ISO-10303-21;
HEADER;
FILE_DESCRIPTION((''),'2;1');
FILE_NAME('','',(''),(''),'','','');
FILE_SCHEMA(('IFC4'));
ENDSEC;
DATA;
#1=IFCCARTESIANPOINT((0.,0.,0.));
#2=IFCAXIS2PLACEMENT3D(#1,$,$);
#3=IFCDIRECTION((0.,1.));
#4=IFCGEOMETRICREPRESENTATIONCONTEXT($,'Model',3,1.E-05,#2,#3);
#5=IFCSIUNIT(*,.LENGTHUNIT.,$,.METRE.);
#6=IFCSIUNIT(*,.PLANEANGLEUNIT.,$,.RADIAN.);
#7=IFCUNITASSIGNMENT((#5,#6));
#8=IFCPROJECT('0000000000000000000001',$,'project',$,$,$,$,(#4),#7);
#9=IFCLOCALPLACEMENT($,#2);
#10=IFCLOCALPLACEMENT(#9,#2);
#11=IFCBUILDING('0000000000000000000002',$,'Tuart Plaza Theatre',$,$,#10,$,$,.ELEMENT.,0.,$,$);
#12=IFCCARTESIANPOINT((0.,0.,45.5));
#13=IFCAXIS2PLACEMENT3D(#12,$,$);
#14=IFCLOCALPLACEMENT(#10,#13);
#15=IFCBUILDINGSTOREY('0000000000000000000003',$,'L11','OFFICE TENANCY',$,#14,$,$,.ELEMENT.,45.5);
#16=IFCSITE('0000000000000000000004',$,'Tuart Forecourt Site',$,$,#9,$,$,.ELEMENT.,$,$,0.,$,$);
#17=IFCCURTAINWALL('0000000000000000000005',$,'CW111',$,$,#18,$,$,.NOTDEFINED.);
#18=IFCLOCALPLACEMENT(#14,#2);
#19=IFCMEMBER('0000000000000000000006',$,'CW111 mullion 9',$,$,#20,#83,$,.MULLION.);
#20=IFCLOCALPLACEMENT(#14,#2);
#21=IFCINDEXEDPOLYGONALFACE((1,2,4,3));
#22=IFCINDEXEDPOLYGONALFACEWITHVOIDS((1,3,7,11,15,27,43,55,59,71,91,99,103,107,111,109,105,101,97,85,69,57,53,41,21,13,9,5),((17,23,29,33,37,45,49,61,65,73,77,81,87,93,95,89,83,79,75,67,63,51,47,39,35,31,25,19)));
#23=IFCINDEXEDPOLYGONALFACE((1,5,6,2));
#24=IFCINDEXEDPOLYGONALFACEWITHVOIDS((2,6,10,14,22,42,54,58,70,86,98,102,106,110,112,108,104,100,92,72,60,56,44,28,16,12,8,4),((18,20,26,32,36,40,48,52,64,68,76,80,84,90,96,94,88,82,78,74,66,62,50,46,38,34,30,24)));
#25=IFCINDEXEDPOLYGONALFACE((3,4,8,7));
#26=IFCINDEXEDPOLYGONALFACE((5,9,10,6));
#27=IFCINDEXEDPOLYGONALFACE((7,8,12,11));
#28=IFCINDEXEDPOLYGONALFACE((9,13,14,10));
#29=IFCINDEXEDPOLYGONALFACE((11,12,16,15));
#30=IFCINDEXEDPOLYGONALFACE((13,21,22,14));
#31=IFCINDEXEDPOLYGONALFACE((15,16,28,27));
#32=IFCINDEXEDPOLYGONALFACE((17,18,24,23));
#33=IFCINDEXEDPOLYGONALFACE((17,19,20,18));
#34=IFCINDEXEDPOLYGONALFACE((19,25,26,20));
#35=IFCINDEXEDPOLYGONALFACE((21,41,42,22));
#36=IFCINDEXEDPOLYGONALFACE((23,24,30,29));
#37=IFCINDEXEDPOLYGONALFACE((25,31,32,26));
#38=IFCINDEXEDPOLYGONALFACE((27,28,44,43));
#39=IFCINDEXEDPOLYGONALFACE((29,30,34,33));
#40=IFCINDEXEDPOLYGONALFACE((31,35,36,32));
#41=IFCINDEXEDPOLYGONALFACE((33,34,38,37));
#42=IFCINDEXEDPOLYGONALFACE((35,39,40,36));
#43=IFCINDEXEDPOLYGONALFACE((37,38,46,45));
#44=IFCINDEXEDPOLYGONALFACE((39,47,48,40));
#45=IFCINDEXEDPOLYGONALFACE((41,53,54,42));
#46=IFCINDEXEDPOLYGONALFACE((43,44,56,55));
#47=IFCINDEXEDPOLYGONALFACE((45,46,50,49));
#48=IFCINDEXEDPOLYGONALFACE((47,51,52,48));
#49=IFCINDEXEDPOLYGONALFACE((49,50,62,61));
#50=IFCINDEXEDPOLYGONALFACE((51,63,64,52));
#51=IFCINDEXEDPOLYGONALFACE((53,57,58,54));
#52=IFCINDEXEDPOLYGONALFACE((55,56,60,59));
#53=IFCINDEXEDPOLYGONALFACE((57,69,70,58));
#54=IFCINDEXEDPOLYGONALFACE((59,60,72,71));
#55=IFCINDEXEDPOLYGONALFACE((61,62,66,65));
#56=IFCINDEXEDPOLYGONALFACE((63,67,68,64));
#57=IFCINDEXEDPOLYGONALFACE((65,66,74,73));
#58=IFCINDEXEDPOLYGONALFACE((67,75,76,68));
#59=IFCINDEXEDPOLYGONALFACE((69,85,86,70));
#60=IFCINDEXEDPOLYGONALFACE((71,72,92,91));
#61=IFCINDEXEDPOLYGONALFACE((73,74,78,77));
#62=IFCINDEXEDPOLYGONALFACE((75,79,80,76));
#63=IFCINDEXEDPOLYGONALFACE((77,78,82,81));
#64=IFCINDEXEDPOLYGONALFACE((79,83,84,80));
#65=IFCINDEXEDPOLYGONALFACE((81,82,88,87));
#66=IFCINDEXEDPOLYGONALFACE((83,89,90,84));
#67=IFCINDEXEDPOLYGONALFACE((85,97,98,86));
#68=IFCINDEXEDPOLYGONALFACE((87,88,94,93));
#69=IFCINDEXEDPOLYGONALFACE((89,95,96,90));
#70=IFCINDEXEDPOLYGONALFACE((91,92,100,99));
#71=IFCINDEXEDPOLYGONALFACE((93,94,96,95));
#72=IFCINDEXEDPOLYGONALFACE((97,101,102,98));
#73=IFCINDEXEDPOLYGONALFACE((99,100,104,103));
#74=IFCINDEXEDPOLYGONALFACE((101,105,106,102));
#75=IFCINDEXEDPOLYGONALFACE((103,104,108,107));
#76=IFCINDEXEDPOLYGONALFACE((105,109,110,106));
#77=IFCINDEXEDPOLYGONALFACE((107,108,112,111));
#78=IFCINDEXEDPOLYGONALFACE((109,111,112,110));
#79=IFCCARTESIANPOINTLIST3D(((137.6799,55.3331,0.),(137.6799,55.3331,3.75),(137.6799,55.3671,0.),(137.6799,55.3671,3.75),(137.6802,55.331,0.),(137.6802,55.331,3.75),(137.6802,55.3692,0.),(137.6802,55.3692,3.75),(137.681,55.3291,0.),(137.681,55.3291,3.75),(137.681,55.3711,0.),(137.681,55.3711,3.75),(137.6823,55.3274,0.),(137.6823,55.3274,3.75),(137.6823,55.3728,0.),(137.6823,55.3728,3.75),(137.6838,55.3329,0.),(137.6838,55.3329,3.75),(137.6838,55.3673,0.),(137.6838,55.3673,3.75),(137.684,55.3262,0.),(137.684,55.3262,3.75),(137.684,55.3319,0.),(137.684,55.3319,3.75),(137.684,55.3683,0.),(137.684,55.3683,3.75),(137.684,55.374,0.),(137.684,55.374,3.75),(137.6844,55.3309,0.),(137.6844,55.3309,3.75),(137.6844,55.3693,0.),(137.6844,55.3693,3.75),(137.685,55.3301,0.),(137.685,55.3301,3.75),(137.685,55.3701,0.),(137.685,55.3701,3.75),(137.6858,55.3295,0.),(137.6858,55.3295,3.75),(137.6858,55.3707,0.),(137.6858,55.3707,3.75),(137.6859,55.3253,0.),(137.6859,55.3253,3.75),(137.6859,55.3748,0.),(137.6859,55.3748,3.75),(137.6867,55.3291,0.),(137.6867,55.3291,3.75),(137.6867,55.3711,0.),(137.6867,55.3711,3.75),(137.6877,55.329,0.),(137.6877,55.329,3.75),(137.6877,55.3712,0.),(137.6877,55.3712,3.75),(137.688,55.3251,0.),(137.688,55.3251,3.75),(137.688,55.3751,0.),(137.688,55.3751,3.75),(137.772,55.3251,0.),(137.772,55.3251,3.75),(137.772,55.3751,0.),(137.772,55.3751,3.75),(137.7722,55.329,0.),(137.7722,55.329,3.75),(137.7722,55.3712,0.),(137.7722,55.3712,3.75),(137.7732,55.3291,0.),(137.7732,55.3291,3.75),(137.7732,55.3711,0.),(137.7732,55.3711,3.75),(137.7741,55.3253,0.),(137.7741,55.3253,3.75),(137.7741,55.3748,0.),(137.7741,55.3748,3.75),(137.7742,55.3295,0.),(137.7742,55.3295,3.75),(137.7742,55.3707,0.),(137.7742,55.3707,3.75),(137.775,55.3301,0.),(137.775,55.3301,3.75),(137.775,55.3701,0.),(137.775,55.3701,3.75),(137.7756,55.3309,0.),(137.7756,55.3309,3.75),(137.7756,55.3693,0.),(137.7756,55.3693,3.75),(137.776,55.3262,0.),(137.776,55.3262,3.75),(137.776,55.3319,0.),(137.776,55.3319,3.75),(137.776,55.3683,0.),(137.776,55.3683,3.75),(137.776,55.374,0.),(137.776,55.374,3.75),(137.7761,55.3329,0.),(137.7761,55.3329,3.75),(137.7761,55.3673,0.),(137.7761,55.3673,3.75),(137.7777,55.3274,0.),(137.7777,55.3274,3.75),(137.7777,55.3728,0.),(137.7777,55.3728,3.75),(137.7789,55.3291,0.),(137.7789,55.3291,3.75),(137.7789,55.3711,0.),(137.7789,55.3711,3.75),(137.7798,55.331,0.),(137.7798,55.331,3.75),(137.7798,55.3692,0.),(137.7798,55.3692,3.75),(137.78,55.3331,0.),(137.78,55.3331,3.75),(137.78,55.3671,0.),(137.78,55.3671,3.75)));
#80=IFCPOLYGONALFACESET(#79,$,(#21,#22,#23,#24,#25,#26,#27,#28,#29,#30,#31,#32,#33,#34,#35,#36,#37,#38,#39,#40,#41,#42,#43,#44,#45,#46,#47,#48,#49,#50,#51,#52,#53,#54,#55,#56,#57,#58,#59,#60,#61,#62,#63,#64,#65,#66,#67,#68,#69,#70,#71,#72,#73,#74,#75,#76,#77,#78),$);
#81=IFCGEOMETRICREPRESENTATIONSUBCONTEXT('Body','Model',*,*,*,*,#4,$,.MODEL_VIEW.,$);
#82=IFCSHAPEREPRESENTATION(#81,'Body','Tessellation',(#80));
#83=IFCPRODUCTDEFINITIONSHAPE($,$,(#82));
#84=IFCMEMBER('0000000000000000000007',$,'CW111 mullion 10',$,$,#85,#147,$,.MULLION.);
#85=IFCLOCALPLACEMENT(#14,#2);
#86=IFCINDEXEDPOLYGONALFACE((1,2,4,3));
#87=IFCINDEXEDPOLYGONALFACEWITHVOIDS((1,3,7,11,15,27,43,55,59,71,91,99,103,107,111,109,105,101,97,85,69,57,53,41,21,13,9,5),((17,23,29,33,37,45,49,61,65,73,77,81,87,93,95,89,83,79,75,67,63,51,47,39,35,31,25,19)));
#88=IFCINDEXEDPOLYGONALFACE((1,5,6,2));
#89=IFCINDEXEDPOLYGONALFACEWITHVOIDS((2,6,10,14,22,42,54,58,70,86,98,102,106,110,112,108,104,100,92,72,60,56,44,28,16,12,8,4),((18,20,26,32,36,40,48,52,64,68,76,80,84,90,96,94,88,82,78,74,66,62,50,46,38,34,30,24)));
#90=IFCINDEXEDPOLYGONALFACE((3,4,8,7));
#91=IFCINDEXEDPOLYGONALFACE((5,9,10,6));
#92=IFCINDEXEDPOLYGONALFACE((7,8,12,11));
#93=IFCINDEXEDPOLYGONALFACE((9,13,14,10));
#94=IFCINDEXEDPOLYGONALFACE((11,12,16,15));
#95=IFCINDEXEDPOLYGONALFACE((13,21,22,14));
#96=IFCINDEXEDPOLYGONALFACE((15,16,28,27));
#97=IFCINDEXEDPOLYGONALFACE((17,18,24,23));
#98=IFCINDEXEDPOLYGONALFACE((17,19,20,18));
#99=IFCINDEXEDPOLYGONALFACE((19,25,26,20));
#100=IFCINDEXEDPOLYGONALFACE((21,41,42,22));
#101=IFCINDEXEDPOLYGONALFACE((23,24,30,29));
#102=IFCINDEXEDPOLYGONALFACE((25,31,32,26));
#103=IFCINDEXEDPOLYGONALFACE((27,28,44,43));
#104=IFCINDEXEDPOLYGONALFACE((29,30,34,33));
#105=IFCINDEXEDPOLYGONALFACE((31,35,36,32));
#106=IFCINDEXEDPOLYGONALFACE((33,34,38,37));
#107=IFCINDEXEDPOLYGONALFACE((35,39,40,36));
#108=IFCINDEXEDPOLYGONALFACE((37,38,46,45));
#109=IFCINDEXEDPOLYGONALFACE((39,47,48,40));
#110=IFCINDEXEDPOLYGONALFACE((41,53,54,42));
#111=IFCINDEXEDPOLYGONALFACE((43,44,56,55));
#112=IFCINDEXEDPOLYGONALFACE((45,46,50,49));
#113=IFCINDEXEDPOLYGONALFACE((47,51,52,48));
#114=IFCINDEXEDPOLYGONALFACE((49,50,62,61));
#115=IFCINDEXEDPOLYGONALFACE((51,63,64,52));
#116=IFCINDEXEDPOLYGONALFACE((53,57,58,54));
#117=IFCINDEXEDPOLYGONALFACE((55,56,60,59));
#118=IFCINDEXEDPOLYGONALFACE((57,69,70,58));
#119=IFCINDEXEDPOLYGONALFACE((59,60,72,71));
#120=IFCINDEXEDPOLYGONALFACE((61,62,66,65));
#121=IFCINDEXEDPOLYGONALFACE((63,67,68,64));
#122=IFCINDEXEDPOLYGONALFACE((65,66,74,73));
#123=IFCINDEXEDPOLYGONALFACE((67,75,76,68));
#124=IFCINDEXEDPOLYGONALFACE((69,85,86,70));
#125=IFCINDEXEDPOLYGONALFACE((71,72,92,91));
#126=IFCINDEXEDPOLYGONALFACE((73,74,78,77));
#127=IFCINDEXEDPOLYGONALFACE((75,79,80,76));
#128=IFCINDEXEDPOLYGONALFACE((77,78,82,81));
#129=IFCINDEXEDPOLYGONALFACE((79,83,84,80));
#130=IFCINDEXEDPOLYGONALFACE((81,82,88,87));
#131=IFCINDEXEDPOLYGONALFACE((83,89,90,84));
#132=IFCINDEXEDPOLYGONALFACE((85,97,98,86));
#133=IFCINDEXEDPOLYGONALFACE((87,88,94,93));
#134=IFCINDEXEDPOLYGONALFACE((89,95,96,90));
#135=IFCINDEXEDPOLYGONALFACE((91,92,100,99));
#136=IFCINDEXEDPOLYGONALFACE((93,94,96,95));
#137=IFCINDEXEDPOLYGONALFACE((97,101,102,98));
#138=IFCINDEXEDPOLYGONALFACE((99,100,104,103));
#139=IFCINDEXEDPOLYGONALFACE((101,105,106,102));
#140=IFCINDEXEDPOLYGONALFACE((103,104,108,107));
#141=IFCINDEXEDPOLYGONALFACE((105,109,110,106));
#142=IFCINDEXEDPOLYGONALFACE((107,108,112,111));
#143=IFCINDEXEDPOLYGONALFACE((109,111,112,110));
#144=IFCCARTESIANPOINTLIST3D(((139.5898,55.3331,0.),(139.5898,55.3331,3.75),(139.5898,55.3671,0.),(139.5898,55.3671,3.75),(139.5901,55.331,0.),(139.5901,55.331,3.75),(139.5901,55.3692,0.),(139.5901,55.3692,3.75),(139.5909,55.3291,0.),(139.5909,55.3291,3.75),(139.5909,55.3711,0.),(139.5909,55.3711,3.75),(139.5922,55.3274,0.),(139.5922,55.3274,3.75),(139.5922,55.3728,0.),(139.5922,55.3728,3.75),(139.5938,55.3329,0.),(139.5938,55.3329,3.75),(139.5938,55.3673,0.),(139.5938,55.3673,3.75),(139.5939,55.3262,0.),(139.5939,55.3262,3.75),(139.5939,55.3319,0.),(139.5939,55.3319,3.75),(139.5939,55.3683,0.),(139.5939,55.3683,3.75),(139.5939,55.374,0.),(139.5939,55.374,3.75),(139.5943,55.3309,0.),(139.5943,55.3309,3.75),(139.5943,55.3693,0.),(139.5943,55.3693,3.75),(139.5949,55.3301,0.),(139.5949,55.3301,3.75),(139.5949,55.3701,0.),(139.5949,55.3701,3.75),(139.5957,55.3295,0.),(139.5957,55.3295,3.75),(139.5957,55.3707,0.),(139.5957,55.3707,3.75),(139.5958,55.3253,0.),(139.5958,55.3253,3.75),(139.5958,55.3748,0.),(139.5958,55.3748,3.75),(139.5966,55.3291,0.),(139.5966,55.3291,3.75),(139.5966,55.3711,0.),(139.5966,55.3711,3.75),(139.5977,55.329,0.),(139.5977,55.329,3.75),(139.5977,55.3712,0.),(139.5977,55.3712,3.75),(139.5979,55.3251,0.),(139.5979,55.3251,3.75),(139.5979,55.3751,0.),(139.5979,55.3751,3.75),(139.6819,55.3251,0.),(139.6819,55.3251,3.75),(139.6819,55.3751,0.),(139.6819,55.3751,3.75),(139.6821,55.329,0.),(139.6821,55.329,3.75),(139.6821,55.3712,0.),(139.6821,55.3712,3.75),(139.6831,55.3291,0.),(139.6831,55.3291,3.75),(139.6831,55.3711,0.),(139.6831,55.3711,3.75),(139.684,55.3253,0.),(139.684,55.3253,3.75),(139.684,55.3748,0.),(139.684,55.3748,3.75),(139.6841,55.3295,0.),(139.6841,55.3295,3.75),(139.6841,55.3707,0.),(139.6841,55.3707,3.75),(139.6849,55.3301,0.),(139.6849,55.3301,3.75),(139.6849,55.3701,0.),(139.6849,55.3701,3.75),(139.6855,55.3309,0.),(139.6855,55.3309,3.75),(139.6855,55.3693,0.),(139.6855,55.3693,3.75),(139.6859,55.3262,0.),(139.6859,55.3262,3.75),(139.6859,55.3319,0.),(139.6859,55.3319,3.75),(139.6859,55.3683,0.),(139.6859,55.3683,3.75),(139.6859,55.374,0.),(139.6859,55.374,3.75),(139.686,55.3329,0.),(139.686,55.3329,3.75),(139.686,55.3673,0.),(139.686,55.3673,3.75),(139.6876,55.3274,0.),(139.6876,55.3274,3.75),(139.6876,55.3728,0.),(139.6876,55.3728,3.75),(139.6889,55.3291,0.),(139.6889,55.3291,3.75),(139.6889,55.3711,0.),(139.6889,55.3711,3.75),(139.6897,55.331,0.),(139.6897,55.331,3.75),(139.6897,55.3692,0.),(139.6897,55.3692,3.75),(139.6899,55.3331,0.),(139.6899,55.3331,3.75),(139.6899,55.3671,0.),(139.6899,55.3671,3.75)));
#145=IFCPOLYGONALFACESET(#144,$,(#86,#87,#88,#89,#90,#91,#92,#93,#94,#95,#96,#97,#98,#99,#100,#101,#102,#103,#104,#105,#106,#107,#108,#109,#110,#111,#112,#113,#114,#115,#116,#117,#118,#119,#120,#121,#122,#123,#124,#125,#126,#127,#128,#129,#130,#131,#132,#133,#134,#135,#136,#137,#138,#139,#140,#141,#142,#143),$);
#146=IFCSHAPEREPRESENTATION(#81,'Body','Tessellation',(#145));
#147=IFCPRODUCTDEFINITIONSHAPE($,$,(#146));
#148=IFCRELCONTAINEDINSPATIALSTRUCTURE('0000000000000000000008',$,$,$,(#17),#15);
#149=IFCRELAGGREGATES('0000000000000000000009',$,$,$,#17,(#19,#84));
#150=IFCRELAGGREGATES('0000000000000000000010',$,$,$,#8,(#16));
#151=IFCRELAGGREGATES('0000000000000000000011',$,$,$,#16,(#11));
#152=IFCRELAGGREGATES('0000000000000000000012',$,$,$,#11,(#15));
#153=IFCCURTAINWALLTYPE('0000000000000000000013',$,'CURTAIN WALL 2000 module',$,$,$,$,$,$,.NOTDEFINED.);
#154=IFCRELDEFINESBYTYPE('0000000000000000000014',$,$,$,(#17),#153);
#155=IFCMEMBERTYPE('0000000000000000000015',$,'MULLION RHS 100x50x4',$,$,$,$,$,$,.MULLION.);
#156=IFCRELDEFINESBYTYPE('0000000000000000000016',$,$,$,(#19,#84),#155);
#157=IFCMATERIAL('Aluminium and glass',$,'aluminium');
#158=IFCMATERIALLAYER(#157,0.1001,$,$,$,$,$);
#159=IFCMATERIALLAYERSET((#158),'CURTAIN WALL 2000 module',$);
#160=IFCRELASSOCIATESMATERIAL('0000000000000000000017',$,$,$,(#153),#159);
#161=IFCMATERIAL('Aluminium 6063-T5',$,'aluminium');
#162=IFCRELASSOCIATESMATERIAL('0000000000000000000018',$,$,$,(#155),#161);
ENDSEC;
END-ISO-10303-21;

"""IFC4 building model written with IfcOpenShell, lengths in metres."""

from ifc_helpers import new_model, si_unit, direction, frame, origin, origin_2d, place, context, subcontext, project, spatial, hollow_rectangle, extrude, material, layer, layer_set, material_profile, profile_set, type_object, element, aggregate, save


model = new_model("IFC4")

# Units and contexts
model_context = context("Model", 3, precision=1e-05, world=origin(), true_north=direction((0.0, 1.0)))
body_context = subcontext(model_context, "Body", "Model", "MODEL_VIEW")
ifc_project = project(units=[si_unit("LENGTHUNIT", "METRE"), si_unit("PLANEANGLEUNIT", "RADIAN")], contexts=[model_context])

# Site, building, storey
site_placement = place(None, origin())
site = spatial("IfcSite", under=ifc_project, at=site_placement, Name="Tuart Forecourt Site", CompositionType="ELEMENT", RefElevation=0.0)
building_placement = place(site_placement, origin())
building = spatial("IfcBuilding", under=site, at=building_placement, Name="Tuart Plaza Theatre", CompositionType="ELEMENT", ElevationOfRefHeight=0.0)
storey_placement = place(building_placement, frame((0.0, 0.0, 45.5)))
storey = spatial("IfcBuildingStorey", under=building, at=storey_placement, Name="L11", Description="OFFICE TENANCY", CompositionType="ELEMENT", Elevation=45.5)

# Shared definitions
ifc_material_1 = material(Name="Aluminium and glass", Category="aluminium")
ifc_layer_1 = layer(ifc_material_1, 0.1001)
ifc_layer_set_1 = layer_set([ifc_layer_1], Name="CURTAIN WALL 2000 module")
curtain_wall_type = type_object("IfcCurtainWallType", Name="CURTAIN WALL 2000 module", PredefinedType="NOTDEFINED", material=ifc_layer_set_1)
ifc_material_2 = material(Name="Aluminium 6063-T5", Category="aluminium")
ifc_material_profile_1 = material_profile(ifc_material_2, hollow_rectangle(XDim=0.05, YDim=0.1001, WallThickness=0.0039, InnerFilletRadius=0.0039, OuterFilletRadius=0.0081, at=origin_2d()), Name="RHS 100x50x4")
ifc_profile_set_1 = profile_set([ifc_material_profile_1], Name="Aluminium 6063-T5")
member_type_1 = type_object("IfcMemberType", Name="MULLION RHS 100x50x4", PredefinedType="MULLION", material=ifc_profile_set_1)

# Curtain wall, members
curtain_wall_1_placement = place(storey_placement, origin())
curtain_wall_1 = element("IfcCurtainWall", 1, at=curtain_wall_1_placement, inside=storey, type_object=curtain_wall_type, Name="CW111", PredefinedType="NOTDEFINED")
member_1_placement = place(storey_placement, frame((137.73, 55.3501, 0.0), z_axis=(0.0, 0.0, 1.0), x_axis=(0.0, 1.0, 0.0)))
member_1 = element("IfcMember", 2, at=member_1_placement, type_object=member_type_1, Name="CW111 mullion 9", PredefinedType="MULLION", context=body_context, shape_type="SweptSolid", body=[
    extrude(hollow_rectangle(XDim=0.05, YDim=0.1001, WallThickness=0.0039, InnerFilletRadius=0.0039, OuterFilletRadius=0.0081, at=origin_2d()), origin(), (0.0, 0.0, 1.0), 3.75),
])
member_2_placement = place(storey_placement, frame((139.6399, 55.3501, 0.0), z_axis=(0.0, 0.0, 1.0), x_axis=(0.0, 1.0, 0.0)))
member_2 = element("IfcMember", 3, at=member_2_placement, type_object=member_type_1, Name="CW111 mullion 10", PredefinedType="MULLION", context=body_context, shape_type="SweptSolid", body=[
    extrude(hollow_rectangle(XDim=0.05, YDim=0.1001, WallThickness=0.0039, InnerFilletRadius=0.0039, OuterFilletRadius=0.0081, at=origin_2d()), origin(), (0.0, 0.0, 1.0), 3.75),
])

aggregate(curtain_wall_1, [member_1, member_2])

save(model, "model.ifc")
